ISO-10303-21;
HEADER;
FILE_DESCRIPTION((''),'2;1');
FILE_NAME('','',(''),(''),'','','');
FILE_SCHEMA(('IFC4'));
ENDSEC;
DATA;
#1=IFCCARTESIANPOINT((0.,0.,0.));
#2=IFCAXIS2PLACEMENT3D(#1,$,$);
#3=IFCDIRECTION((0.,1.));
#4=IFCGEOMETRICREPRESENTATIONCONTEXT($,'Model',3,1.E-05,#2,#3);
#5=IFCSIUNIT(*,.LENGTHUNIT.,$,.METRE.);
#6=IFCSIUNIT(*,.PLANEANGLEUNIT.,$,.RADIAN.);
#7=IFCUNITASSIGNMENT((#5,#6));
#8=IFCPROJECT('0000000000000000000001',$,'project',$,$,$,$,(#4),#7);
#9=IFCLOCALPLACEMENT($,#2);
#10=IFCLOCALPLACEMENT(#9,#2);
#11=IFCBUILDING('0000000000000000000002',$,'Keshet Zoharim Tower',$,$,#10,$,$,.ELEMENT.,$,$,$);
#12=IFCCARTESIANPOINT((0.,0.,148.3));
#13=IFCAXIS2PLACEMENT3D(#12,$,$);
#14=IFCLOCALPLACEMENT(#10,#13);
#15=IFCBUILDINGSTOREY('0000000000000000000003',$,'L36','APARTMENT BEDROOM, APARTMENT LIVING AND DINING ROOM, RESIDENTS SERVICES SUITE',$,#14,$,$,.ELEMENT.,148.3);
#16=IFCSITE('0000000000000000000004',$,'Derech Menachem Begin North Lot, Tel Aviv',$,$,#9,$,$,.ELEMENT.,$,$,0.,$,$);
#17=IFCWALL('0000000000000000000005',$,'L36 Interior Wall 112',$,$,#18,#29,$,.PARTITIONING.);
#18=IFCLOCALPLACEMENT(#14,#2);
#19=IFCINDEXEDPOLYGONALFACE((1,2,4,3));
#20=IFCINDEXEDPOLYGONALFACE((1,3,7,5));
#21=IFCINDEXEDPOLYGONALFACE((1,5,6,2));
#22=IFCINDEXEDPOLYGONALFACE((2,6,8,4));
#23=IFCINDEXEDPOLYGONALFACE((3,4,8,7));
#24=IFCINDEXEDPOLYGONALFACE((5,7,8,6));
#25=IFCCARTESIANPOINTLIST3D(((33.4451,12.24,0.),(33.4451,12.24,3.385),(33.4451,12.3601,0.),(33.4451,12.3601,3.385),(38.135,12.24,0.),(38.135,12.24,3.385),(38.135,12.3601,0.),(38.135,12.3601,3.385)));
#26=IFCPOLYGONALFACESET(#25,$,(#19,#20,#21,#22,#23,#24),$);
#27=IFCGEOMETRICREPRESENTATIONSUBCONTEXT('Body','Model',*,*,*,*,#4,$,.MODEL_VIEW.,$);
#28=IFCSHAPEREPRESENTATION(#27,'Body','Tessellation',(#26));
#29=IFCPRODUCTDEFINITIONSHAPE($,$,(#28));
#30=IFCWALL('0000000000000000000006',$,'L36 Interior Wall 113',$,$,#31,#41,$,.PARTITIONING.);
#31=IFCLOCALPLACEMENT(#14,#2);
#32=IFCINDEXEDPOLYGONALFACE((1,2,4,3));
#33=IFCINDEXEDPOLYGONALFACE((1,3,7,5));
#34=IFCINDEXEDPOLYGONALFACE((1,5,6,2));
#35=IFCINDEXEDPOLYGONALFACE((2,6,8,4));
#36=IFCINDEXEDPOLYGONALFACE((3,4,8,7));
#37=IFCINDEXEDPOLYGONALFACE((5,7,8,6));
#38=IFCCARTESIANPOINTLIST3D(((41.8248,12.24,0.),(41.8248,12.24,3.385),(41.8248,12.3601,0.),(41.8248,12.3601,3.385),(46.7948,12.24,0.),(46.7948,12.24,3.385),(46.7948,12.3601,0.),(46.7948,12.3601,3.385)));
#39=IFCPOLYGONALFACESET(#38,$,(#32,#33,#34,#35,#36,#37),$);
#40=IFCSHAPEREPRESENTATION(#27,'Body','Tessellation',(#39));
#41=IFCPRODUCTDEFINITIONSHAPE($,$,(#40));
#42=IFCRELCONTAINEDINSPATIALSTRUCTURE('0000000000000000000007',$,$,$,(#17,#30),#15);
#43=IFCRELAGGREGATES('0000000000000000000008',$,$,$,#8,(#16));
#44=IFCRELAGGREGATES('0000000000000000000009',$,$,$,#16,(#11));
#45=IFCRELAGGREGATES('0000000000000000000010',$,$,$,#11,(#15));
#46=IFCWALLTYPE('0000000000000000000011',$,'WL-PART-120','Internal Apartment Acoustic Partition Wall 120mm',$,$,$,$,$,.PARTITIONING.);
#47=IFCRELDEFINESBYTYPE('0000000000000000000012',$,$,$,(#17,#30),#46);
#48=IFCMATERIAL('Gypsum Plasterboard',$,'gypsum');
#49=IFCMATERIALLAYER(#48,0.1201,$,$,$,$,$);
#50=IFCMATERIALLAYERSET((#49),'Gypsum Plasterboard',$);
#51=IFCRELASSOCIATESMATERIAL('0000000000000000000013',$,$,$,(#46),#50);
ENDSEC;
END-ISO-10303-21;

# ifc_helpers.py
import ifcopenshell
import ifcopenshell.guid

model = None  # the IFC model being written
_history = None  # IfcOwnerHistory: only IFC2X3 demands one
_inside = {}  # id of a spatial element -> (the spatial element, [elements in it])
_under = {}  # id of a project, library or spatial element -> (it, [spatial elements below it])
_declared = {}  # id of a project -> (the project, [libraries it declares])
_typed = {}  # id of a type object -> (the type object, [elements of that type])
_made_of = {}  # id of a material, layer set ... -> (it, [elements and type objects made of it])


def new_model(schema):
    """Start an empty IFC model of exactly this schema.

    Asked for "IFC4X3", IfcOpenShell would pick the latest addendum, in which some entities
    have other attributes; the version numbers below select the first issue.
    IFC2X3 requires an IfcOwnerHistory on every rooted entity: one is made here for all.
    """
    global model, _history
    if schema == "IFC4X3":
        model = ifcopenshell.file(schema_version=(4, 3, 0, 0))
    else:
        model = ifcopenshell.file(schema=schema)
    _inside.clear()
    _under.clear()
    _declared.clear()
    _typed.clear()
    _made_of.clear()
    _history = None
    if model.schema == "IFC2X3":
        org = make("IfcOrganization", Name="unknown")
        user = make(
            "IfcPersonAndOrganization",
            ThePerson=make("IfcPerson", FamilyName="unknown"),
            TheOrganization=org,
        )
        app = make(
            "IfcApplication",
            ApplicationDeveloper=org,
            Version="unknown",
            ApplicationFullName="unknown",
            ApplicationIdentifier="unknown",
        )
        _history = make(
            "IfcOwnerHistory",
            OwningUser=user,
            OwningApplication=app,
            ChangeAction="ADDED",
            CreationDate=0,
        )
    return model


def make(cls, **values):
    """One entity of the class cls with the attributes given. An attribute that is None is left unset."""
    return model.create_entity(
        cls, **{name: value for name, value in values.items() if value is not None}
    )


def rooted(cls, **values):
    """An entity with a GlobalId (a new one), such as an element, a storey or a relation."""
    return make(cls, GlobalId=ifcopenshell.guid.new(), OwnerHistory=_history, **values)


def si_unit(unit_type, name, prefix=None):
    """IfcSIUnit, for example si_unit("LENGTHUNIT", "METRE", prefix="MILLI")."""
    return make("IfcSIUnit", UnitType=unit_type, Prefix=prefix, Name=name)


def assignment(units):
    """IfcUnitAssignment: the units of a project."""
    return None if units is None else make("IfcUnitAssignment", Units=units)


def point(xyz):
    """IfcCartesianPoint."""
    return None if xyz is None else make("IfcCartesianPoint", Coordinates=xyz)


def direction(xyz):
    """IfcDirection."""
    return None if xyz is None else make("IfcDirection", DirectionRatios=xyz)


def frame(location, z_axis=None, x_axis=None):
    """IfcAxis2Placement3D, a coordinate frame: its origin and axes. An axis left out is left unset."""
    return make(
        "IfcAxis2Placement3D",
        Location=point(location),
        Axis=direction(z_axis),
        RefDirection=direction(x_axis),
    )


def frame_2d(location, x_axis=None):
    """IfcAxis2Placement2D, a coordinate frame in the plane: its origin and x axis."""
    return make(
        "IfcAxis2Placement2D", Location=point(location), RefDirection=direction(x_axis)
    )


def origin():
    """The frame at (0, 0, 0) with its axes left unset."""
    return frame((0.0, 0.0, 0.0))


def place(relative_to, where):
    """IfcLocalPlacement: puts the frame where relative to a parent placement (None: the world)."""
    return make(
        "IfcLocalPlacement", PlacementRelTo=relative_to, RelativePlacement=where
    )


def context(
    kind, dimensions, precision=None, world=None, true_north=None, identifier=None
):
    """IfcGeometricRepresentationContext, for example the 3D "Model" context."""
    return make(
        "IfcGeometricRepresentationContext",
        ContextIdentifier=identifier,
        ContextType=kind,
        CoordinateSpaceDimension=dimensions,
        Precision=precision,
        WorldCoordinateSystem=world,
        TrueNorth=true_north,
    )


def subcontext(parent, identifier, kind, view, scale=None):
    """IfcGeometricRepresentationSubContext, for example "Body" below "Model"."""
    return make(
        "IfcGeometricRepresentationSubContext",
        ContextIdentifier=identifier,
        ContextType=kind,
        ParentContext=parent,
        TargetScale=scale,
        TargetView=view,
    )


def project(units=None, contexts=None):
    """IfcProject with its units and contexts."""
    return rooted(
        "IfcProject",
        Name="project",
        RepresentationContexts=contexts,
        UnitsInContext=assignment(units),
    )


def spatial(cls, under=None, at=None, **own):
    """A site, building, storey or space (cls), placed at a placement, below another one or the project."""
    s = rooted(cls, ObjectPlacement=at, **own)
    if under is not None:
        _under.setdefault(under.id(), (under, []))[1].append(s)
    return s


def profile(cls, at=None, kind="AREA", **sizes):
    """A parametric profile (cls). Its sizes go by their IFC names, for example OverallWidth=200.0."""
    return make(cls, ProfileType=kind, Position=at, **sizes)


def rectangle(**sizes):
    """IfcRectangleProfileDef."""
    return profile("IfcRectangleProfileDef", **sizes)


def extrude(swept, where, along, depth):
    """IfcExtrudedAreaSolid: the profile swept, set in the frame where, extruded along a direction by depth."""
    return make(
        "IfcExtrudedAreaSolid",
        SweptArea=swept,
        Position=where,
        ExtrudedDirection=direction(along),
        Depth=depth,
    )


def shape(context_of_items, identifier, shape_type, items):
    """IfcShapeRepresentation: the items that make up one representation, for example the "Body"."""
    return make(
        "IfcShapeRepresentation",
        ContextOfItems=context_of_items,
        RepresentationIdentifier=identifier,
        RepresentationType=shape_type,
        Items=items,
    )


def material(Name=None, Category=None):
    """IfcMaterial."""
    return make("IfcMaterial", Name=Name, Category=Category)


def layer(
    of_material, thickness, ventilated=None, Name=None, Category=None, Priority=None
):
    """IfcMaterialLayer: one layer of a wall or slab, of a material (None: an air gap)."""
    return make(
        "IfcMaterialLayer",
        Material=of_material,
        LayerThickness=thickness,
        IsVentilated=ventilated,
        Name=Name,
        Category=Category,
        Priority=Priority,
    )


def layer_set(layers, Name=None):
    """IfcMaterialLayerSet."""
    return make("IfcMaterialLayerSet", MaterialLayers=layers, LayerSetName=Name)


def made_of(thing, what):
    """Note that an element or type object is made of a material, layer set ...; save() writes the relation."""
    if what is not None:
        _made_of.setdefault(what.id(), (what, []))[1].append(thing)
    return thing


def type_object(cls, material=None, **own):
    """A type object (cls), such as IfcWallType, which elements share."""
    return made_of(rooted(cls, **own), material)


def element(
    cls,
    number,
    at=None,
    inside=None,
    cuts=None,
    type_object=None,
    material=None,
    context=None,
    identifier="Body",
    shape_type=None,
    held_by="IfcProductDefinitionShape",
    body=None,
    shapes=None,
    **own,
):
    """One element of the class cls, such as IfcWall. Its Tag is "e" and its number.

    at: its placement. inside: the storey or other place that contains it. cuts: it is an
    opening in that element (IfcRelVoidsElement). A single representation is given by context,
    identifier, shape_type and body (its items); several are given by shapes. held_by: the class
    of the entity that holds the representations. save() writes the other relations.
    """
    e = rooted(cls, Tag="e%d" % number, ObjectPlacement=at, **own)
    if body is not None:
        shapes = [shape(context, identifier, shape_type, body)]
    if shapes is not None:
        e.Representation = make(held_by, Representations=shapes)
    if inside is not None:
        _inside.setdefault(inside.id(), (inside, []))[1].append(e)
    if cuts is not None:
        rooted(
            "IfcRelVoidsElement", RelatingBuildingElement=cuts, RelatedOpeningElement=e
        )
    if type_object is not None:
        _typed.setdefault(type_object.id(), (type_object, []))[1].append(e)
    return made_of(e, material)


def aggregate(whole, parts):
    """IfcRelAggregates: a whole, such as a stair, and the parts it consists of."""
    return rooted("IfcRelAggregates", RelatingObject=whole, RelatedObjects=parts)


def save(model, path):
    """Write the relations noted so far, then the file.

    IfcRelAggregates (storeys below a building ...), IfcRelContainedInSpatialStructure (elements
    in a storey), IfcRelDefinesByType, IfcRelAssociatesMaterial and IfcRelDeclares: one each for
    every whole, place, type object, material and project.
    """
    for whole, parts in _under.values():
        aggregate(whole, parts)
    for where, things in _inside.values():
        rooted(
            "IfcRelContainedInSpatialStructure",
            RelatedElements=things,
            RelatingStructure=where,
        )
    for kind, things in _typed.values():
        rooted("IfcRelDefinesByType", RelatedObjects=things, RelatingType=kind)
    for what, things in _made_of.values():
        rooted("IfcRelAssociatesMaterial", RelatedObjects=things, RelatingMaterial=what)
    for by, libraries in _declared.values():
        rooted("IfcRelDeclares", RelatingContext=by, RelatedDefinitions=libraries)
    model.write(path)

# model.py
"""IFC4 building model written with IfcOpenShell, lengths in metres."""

from ifc_helpers import new_model, si_unit, direction, frame, frame_2d, origin, place, context, subcontext, project, spatial, rectangle, extrude, material, layer, layer_set, type_object, element, save


model = new_model("IFC4")

# Units and contexts
model_context = context("Model", 3, precision=1e-05, world=origin(), true_north=direction((0.0, 1.0)))
body_context = subcontext(model_context, "Body", "Model", "MODEL_VIEW")
ifc_project = project(units=[si_unit("LENGTHUNIT", "METRE"), si_unit("PLANEANGLEUNIT", "RADIAN")], contexts=[model_context])

# Site, building, storey
site_placement = place(None, origin())
site = spatial("IfcSite", under=ifc_project, at=site_placement, Name="Derech Menachem Begin North Lot, Tel Aviv", CompositionType="ELEMENT", RefElevation=0.0)
building_placement = place(site_placement, origin())
building = spatial("IfcBuilding", under=site, at=building_placement, Name="Keshet Zoharim Tower", CompositionType="ELEMENT")
storey_placement = place(building_placement, frame((0.0, 0.0, 148.3)))
storey = spatial("IfcBuildingStorey", under=building, at=storey_placement, Name="L36", Description="APARTMENT BEDROOM, APARTMENT LIVING AND DINING ROOM, RESIDENTS SERVICES SUITE", CompositionType="ELEMENT", Elevation=148.3)

# Shared definitions
ifc_material_1 = material(Name="Gypsum Plasterboard", Category="gypsum")
ifc_layer_1 = layer(ifc_material_1, 0.1201)
ifc_layer_set_1 = layer_set([ifc_layer_1], Name="Gypsum Plasterboard")
wall_type = type_object("IfcWallType", Name="WL-PART-120", Description="Internal Apartment Acoustic Partition Wall 120mm", PredefinedType="PARTITIONING", material=ifc_layer_set_1)

# Walls
wall_1_placement = place(storey_placement, frame((33.4451, 12.3, 0.0), z_axis=(0.0, 0.0, 1.0), x_axis=(1.0, 0.0, 0.0)))
element("IfcWall", 1, at=wall_1_placement, inside=storey, type_object=wall_type, Name="L36 Interior Wall 112", PredefinedType="PARTITIONING", context=body_context, shape_type="SweptSolid", body=[
    extrude(rectangle(XDim=4.6899, YDim=0.1201, at=frame_2d((2.345, 0.0))), origin(), (0.0, 0.0, 1.0), 3.385),
])
wall_2_placement = place(storey_placement, frame((41.825, 12.3, 0.0), z_axis=(0.0, 0.0, 1.0), x_axis=(1.0, 0.0, 0.0)))
element("IfcWall", 2, at=wall_2_placement, inside=storey, type_object=wall_type, Name="L36 Interior Wall 113", PredefinedType="PARTITIONING", context=body_context, shape_type="SweptSolid", body=[
    extrude(rectangle(XDim=4.97, YDim=0.1201, at=frame_2d((2.4849, 0.0))), origin(), (0.0, 0.0, 1.0), 3.385),
])

save(model, "model.ifc")
